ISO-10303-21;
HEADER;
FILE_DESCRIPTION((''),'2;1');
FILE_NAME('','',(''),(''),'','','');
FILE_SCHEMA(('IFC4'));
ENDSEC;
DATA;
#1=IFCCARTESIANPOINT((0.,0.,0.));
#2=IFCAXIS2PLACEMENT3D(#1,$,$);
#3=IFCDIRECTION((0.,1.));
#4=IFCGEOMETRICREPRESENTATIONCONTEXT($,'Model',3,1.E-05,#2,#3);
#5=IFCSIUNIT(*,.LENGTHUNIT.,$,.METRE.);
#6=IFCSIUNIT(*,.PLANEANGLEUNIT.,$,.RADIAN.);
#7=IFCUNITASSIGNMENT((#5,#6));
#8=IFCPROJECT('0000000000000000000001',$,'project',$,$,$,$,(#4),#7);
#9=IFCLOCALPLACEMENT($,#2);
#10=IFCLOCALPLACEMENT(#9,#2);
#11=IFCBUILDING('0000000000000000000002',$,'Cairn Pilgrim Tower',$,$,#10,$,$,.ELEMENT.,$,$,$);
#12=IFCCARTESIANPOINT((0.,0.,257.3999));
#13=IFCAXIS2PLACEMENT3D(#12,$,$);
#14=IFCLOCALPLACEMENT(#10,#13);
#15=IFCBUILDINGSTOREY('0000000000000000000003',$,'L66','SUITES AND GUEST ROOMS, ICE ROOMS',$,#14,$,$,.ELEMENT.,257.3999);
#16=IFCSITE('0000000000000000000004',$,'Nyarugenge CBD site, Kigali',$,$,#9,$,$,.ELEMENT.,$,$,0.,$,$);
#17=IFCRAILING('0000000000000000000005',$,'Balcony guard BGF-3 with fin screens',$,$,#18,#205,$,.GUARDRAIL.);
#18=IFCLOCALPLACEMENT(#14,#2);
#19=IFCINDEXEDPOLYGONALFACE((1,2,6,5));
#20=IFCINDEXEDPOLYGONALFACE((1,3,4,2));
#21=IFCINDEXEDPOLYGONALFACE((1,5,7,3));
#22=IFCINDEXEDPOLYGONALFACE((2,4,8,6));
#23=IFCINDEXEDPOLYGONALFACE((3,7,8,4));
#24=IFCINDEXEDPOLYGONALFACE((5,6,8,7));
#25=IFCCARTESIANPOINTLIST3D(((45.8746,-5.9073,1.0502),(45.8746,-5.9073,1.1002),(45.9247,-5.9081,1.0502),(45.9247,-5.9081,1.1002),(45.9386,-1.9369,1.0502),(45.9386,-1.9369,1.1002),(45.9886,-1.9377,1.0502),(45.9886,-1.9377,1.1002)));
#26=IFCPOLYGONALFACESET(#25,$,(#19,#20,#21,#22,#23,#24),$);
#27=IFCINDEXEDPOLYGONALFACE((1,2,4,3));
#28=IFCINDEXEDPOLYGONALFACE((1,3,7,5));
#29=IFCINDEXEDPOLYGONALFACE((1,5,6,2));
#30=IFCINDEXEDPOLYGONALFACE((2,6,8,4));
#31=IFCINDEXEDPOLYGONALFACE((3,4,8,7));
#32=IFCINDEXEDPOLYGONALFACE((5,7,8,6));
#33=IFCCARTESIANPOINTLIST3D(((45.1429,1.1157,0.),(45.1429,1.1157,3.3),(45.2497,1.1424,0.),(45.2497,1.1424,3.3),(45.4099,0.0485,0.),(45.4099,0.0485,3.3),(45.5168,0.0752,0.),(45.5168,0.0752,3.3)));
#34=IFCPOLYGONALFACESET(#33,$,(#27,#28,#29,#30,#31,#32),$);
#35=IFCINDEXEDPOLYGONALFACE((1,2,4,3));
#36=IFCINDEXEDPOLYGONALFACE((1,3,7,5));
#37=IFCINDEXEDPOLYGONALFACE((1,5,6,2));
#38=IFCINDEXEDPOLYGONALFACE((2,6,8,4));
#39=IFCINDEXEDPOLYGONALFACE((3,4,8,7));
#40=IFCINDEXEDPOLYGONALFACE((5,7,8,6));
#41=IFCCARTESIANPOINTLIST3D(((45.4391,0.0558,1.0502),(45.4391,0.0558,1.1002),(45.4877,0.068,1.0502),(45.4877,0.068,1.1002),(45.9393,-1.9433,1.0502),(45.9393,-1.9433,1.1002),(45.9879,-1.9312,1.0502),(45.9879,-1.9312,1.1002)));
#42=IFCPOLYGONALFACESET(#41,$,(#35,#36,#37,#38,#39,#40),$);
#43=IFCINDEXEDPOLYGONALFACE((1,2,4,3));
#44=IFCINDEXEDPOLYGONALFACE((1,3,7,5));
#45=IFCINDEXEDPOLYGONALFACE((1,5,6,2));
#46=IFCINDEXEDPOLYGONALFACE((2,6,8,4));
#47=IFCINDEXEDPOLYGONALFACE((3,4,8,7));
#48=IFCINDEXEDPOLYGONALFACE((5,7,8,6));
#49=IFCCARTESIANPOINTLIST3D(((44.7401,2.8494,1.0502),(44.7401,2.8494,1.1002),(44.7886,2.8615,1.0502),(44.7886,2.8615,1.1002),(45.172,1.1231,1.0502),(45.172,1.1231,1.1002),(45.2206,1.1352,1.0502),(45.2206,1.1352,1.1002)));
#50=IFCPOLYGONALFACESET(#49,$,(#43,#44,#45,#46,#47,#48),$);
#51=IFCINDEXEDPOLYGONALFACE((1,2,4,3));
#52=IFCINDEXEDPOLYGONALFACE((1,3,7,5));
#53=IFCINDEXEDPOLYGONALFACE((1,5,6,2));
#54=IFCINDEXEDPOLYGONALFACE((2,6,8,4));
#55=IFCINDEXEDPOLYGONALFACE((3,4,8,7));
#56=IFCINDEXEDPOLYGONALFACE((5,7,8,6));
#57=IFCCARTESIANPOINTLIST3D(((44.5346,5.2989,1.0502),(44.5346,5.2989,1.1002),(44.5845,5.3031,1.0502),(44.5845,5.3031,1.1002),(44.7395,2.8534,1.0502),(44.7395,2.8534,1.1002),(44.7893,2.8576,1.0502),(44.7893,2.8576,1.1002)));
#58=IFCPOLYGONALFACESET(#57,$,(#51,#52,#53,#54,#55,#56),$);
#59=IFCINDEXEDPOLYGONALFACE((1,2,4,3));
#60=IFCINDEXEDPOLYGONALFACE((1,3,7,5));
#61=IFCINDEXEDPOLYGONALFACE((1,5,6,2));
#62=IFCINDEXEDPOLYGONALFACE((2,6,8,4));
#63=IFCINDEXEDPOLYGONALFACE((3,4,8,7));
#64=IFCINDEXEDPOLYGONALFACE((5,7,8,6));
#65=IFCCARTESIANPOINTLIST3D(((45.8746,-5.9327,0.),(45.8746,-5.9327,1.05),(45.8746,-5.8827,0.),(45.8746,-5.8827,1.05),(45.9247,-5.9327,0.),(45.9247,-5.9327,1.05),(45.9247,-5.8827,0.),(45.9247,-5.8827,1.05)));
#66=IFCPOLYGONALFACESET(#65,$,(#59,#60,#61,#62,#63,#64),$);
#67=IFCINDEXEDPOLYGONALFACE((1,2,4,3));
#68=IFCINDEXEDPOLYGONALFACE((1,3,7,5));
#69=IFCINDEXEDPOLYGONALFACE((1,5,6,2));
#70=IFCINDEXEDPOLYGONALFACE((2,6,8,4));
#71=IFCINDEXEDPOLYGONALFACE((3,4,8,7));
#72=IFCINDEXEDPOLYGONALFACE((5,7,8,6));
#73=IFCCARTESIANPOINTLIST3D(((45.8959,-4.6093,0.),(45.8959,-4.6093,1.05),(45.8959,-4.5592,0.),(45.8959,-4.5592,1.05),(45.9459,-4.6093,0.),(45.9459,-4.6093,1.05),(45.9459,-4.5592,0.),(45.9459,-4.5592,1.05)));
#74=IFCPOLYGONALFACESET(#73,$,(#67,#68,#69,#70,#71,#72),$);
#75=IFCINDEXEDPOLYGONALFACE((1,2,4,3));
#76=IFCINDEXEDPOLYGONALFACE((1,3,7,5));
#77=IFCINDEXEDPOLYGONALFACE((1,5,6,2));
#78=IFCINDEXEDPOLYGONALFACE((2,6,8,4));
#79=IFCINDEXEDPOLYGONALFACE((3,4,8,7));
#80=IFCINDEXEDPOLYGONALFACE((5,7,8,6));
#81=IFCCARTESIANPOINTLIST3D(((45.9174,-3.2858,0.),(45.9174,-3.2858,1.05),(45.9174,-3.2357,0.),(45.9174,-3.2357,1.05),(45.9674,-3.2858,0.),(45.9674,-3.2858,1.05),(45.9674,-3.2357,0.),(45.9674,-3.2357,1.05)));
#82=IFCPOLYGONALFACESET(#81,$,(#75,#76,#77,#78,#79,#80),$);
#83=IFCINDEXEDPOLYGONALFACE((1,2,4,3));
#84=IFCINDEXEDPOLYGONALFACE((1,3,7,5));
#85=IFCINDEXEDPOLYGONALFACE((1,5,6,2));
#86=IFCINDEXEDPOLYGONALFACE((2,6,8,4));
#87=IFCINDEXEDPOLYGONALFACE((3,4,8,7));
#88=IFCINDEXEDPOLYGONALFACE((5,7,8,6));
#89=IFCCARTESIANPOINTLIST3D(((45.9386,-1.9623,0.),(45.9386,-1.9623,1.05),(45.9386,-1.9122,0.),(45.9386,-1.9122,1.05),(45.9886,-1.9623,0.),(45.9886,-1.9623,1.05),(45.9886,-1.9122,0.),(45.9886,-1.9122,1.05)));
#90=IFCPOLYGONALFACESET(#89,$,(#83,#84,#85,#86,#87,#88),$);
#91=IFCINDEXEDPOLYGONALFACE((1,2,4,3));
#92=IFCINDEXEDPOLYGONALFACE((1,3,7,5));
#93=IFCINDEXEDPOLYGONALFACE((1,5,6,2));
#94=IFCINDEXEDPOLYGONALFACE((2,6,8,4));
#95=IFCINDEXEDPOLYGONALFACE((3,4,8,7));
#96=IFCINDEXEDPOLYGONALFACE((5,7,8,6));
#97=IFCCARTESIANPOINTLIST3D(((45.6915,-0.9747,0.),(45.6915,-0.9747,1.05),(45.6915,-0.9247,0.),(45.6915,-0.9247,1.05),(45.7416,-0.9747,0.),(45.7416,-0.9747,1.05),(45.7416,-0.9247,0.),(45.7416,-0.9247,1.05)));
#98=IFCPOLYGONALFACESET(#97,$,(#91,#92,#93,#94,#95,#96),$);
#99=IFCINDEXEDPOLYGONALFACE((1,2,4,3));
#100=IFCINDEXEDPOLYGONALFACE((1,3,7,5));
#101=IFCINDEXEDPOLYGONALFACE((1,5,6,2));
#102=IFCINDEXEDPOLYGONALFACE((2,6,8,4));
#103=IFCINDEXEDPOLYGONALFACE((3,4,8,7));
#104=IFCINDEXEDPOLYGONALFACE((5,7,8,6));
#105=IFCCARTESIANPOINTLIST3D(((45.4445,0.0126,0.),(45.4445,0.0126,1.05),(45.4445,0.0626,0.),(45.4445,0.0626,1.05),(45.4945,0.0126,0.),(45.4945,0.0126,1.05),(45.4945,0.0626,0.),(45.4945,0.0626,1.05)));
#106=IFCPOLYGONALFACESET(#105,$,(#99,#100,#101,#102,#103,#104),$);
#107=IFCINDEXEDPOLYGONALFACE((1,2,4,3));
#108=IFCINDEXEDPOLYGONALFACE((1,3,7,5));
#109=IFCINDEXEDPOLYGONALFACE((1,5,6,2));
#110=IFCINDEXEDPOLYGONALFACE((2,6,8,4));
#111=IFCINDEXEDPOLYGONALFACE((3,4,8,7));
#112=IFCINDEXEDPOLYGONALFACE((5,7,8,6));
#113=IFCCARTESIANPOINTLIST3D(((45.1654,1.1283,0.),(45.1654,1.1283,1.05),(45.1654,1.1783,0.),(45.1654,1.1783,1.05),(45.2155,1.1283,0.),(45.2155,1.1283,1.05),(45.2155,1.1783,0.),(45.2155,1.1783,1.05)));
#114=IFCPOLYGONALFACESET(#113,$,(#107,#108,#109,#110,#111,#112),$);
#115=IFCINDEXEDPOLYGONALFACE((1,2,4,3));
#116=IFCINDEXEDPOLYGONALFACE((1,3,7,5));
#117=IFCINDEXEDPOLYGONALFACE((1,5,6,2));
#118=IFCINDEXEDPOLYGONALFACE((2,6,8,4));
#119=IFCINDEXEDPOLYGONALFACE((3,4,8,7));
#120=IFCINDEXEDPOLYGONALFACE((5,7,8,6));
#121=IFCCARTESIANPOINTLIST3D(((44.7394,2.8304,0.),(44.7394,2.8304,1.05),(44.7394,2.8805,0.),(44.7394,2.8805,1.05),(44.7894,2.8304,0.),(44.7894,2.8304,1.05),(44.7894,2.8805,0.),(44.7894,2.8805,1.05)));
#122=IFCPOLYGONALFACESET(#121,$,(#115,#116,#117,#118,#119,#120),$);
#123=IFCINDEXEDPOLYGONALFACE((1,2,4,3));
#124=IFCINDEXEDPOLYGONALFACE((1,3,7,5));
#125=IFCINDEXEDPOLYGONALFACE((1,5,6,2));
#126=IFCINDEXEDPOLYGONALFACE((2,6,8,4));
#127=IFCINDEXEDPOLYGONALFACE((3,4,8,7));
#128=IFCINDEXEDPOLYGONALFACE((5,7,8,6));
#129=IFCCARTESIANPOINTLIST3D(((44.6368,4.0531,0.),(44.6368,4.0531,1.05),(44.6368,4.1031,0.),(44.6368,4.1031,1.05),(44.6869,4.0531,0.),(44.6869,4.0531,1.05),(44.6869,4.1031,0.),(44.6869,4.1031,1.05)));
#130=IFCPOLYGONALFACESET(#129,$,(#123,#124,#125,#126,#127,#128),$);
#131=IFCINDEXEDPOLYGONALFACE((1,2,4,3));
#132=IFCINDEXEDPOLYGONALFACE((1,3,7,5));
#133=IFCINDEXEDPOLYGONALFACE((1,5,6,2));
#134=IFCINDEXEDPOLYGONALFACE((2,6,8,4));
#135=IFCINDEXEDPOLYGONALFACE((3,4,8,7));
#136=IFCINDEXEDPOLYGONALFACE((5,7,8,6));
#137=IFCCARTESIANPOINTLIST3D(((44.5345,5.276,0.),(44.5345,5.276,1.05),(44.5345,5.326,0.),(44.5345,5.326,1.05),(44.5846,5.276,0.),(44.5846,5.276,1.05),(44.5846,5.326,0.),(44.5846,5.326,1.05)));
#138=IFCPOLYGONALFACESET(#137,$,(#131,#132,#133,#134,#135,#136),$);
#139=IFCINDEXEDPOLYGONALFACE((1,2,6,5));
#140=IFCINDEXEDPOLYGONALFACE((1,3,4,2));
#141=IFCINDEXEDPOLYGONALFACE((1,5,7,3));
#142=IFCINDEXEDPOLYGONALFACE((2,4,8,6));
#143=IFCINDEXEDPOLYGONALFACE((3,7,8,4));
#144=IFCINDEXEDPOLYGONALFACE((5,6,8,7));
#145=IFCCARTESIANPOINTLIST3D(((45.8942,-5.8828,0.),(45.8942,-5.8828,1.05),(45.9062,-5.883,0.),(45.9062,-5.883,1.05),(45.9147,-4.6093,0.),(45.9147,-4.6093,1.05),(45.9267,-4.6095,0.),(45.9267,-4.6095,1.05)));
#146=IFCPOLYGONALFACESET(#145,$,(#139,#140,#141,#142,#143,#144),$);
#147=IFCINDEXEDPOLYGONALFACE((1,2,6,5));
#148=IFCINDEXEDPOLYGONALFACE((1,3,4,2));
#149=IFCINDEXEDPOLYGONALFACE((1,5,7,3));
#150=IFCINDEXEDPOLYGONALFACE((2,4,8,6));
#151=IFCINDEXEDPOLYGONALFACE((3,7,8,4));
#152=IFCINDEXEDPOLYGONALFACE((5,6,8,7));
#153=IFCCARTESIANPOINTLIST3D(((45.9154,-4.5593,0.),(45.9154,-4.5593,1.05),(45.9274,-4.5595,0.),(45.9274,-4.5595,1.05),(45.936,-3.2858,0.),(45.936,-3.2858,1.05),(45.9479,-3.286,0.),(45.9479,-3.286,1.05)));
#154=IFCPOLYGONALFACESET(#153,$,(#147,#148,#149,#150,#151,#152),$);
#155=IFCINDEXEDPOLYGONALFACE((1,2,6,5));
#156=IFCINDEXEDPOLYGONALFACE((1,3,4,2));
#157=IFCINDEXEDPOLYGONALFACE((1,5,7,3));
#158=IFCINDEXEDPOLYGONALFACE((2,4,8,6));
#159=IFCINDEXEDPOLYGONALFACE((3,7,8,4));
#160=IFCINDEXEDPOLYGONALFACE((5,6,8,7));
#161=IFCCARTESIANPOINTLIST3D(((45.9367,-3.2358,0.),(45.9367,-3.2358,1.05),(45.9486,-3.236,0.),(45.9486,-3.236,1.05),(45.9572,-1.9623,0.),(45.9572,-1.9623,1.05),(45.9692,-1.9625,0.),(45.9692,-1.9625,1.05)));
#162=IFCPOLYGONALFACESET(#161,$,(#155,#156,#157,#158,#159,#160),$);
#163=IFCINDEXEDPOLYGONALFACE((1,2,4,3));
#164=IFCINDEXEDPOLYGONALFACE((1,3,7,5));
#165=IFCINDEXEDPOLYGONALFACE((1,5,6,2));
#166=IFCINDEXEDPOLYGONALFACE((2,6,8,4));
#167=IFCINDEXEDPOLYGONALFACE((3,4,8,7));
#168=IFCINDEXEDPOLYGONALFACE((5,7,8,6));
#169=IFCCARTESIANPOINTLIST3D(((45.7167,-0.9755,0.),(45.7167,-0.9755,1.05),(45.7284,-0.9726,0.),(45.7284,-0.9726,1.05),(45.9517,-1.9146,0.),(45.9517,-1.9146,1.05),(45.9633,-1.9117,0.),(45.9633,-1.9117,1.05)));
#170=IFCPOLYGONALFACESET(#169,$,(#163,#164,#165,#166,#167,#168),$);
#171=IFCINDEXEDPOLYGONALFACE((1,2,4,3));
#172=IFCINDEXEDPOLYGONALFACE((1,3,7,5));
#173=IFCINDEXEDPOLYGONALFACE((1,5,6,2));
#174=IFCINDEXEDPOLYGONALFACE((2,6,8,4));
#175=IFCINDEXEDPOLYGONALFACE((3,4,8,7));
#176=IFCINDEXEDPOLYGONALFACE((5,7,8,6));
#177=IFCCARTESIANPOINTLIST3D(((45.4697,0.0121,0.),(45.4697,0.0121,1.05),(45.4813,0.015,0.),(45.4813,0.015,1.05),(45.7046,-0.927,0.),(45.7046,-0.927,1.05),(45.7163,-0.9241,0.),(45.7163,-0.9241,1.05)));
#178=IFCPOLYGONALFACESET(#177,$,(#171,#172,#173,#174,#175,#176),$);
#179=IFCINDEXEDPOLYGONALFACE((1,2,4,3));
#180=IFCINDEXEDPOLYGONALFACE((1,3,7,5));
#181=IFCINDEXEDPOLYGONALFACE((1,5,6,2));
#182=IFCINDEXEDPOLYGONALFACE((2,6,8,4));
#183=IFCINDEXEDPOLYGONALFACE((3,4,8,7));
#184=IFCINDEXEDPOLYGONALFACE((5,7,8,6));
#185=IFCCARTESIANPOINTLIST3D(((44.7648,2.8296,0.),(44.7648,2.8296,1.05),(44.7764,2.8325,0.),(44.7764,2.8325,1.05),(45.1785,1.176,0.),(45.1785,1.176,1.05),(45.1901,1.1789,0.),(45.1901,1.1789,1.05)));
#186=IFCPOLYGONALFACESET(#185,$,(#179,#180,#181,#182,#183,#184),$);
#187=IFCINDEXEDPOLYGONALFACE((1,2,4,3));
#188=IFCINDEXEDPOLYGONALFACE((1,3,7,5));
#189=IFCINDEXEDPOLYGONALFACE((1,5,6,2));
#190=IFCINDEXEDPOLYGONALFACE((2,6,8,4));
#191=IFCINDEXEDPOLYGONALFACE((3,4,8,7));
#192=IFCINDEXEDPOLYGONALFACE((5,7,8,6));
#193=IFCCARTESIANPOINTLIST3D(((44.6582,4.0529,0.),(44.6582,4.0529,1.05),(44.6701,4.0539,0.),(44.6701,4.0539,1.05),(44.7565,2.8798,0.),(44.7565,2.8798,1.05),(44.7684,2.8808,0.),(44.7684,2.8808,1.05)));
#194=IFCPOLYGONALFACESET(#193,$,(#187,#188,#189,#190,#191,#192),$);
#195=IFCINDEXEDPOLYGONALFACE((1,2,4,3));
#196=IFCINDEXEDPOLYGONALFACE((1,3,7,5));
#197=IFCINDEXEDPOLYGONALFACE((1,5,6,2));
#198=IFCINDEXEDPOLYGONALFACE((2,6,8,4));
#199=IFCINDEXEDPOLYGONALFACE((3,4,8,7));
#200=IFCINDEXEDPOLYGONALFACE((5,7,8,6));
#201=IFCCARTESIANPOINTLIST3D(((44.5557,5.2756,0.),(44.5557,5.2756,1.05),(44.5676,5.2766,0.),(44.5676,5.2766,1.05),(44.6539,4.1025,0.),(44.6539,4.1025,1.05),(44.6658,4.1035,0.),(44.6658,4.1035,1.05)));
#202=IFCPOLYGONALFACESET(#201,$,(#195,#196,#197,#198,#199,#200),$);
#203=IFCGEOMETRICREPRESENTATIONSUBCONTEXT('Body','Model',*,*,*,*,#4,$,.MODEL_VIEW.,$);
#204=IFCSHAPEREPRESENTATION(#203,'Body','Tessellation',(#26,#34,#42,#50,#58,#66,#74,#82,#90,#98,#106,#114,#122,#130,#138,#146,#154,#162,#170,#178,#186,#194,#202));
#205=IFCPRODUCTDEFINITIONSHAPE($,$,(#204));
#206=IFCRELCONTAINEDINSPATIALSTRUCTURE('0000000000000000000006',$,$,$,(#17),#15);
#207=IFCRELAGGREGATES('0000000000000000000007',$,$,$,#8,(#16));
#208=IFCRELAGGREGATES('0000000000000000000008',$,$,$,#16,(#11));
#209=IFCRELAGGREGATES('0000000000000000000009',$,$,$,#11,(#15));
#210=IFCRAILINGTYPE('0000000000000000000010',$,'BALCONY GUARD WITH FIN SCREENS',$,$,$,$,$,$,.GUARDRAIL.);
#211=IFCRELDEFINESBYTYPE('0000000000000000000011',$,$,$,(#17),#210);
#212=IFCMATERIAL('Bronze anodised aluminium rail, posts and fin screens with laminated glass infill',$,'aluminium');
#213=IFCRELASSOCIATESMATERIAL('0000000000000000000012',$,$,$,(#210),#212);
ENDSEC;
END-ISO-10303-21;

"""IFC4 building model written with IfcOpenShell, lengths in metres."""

from ifc_helpers import new_model, si_unit, direction, frame, origin, origin_2d, place, context, subcontext, project, spatial, polyline, rectangle, outline, extrude, material, type_object, element, save


model = new_model("IFC4")

# Units and contexts
model_context = context("Model", 3, precision=1e-05, world=origin(), true_north=direction((0.0, 1.0)))
body_context = subcontext(model_context, "Body", "Model", "MODEL_VIEW")
ifc_project = project(units=[si_unit("LENGTHUNIT", "METRE"), si_unit("PLANEANGLEUNIT", "RADIAN")], contexts=[model_context])

# Site, building, storey
site_placement = place(None, origin())
site = spatial("IfcSite", under=ifc_project, at=site_placement, Name="Nyarugenge CBD site, Kigali", CompositionType="ELEMENT", RefElevation=0.0)
building_placement = place(site_placement, origin())
building = spatial("IfcBuilding", under=site, at=building_placement, Name="Cairn Pilgrim Tower", CompositionType="ELEMENT")
storey_placement = place(building_placement, frame((0.0, 0.0, 257.3999)))
storey = spatial("IfcBuildingStorey", under=building, at=storey_placement, Name="L66", Description="SUITES AND GUEST ROOMS, ICE ROOMS", CompositionType="ELEMENT", Elevation=257.3999)

# Railing
ifc_material_1 = material(Name="Bronze anodised aluminium rail, posts and fin screens with laminated glass infill", Category="aluminium")
railing_type = type_object("IfcRailingType", Name="BALCONY GUARD WITH FIN SCREENS", PredefinedType="GUARDRAIL", material=ifc_material_1)
railing_placement = place(storey_placement, frame((45.8997, -5.9077, 0.0)))
element("IfcRailing", 1, at=railing_placement, inside=storey, type_object=railing_type, Name="Balcony guard BGF-3 with fin screens", PredefinedType="GUARDRAIL", context=body_context, shape_type="SweptSolid", body=[
    extrude(rectangle(XDim=0.05, YDim=0.05, at=origin_2d()), frame((0.0, 0.0, 1.0752), z_axis=(0.016108, 0.99987, 0.0), x_axis=(-0.99987, 0.016108, 0.0)), (0.0, 0.0, 1.0), 3.9709),
    extrude(rectangle(XDim=1.1001, YDim=0.1101, at=origin_2d()), frame((-0.5698, 6.5032, 0.0), z_axis=(0.0, 0.0, 1.0), x_axis=(-0.242733, 0.970093, 0.0)), (0.0, 0.0, 1.0), 3.3),
    extrude(rectangle(XDim=0.05, YDim=0.05, at=origin_2d()), frame((0.064, 3.9705, 1.0752), z_axis=(-0.242733, 0.970093, 0.0), x_axis=(-0.970093, -0.242733, 0.0)), (0.0, 0.0, 1.0), 2.0608),
    extrude(rectangle(XDim=0.05, YDim=0.05, at=origin_2d()), frame((-0.7034, 7.0369, 1.0752), z_axis=(-0.242733, 0.970093, 0.0), x_axis=(-0.970093, -0.242733, 0.0)), (0.0, 0.0, 1.0), 1.7795),
    extrude(rectangle(XDim=0.05, YDim=0.05, at=origin_2d()), frame((-1.1353, 8.7632, 1.0752), z_axis=(-0.083465, 0.996511, 0.0), x_axis=(-0.996511, -0.083465, 0.0)), (0.0, 0.0, 1.0), 2.4541),
    extrude(rectangle(XDim=0.05, YDim=0.05, at=origin_2d()), origin(), (0.0, 0.0, 1.0), 1.05),
    extrude(rectangle(XDim=0.05, YDim=0.05, at=origin_2d()), frame((0.0212, 1.3235, 0.0)), (0.0, 0.0, 1.0), 1.05),
    extrude(rectangle(XDim=0.05, YDim=0.05, at=origin_2d()), frame((0.0427, 2.647, 0.0)), (0.0, 0.0, 1.0), 1.05),
    extrude(rectangle(XDim=0.05, YDim=0.05, at=origin_2d()), frame((0.064, 3.9705, 0.0)), (0.0, 0.0, 1.0), 1.05),
    extrude(rectangle(XDim=0.05, YDim=0.05, at=origin_2d()), frame((-0.1831, 4.958, 0.0)), (0.0, 0.0, 1.0), 1.05),
    extrude(rectangle(XDim=0.05, YDim=0.05, at=origin_2d()), frame((-0.4302, 5.9453, 0.0)), (0.0, 0.0, 1.0), 1.05),
    extrude(rectangle(XDim=0.05, YDim=0.05, at=origin_2d()), frame((-0.7092, 7.061, 0.0)), (0.0, 0.0, 1.0), 1.05),
    extrude(rectangle(XDim=0.05, YDim=0.05, at=origin_2d()), frame((-1.1353, 8.7632, 0.0)), (0.0, 0.0, 1.0), 1.05),
    extrude(rectangle(XDim=0.05, YDim=0.05, at=origin_2d()), frame((-1.2378, 9.9858, 0.0)), (0.0, 0.0, 1.0), 1.05),
    extrude(rectangle(XDim=0.05, YDim=0.05, at=origin_2d()), frame((-1.3401, 11.2087, 0.0)), (0.0, 0.0, 1.0), 1.05),
    extrude(outline(polyline([(0.0249, 0.0), (1.2986, 0.0), (1.2986, 1.05), (0.0249, 1.05), (0.0249, 0.0)])), frame((-0.0059, 0.0, 0.0), z_axis=(0.99987, -0.016108, 0.0), x_axis=(0.016108, 0.99987, 0.0)), (0.0, 0.0, 1.0), 0.012),
    extrude(outline(polyline([(0.0249, 0.0), (1.2986, 0.0), (1.2986, 1.05), (0.0249, 1.05), (0.0249, 0.0)])), frame((0.0154, 1.3235, 0.0), z_axis=(0.99987, -0.016108, 0.0), x_axis=(0.016108, 0.99987, 0.0)), (0.0, 0.0, 1.0), 0.012),
    extrude(outline(polyline([(0.0249, 0.0), (1.2986, 0.0), (1.2986, 1.05), (0.0249, 1.05), (0.0249, 0.0)])), frame((0.0366, 2.647, 0.0), z_axis=(0.99987, -0.016108, 0.0), x_axis=(0.016108, 0.99987, 0.0)), (0.0, 0.0, 1.0), 0.012),
    extrude(outline(polyline([(0.0249, 0.0), (0.9929, 0.0), (0.9929, 1.05), (0.0249, 1.05), (0.0249, 0.0)])), frame((0.0581, 3.969, 0.0), z_axis=(0.970093, 0.242733, 0.0), x_axis=(-0.242733, 0.970093, 0.0)), (0.0, 0.0, 1.0), 0.012),
    extrude(outline(polyline([(0.0249, 0.0), (0.9929, 0.0), (0.9929, 1.05), (0.0249, 1.05), (0.0249, 0.0)])), frame((-0.189, 4.9565, 0.0), z_axis=(0.970093, 0.242733, 0.0), x_axis=(-0.242733, 0.970093, 0.0)), (0.0, 0.0, 1.0), 0.012),
    extrude(outline(polyline([(0.0249, 0.0), (1.7295, 0.0), (1.7295, 1.05), (0.0249, 1.05), (0.0249, 0.0)])), frame((-0.7151, 7.0596, 0.0), z_axis=(0.970093, 0.242733, 0.0), x_axis=(-0.242733, 0.970093, 0.0)), (0.0, 0.0, 1.0), 0.012),
    extrude(outline(polyline([(0.0249, 0.0), (1.2021, 0.0), (1.2021, 1.05), (0.0249, 1.05), (0.0249, 0.0)])), frame((-1.1411, 8.7627, 0.0), z_axis=(0.996511, 0.083465, 0.0), x_axis=(-0.083465, 0.996511, 0.0)), (0.0, 0.0, 1.0), 0.012),
    extrude(outline(polyline([(0.0249, 0.0), (1.2021, 0.0), (1.2021, 1.05), (0.0249, 1.05), (0.0249, 0.0)])), frame((-1.2437, 9.9854, 0.0), z_axis=(0.996511, 0.083465, 0.0), x_axis=(-0.083465, 0.996511, 0.0)), (0.0, 0.0, 1.0), 0.012),
])

save(model, "model.ifc")
